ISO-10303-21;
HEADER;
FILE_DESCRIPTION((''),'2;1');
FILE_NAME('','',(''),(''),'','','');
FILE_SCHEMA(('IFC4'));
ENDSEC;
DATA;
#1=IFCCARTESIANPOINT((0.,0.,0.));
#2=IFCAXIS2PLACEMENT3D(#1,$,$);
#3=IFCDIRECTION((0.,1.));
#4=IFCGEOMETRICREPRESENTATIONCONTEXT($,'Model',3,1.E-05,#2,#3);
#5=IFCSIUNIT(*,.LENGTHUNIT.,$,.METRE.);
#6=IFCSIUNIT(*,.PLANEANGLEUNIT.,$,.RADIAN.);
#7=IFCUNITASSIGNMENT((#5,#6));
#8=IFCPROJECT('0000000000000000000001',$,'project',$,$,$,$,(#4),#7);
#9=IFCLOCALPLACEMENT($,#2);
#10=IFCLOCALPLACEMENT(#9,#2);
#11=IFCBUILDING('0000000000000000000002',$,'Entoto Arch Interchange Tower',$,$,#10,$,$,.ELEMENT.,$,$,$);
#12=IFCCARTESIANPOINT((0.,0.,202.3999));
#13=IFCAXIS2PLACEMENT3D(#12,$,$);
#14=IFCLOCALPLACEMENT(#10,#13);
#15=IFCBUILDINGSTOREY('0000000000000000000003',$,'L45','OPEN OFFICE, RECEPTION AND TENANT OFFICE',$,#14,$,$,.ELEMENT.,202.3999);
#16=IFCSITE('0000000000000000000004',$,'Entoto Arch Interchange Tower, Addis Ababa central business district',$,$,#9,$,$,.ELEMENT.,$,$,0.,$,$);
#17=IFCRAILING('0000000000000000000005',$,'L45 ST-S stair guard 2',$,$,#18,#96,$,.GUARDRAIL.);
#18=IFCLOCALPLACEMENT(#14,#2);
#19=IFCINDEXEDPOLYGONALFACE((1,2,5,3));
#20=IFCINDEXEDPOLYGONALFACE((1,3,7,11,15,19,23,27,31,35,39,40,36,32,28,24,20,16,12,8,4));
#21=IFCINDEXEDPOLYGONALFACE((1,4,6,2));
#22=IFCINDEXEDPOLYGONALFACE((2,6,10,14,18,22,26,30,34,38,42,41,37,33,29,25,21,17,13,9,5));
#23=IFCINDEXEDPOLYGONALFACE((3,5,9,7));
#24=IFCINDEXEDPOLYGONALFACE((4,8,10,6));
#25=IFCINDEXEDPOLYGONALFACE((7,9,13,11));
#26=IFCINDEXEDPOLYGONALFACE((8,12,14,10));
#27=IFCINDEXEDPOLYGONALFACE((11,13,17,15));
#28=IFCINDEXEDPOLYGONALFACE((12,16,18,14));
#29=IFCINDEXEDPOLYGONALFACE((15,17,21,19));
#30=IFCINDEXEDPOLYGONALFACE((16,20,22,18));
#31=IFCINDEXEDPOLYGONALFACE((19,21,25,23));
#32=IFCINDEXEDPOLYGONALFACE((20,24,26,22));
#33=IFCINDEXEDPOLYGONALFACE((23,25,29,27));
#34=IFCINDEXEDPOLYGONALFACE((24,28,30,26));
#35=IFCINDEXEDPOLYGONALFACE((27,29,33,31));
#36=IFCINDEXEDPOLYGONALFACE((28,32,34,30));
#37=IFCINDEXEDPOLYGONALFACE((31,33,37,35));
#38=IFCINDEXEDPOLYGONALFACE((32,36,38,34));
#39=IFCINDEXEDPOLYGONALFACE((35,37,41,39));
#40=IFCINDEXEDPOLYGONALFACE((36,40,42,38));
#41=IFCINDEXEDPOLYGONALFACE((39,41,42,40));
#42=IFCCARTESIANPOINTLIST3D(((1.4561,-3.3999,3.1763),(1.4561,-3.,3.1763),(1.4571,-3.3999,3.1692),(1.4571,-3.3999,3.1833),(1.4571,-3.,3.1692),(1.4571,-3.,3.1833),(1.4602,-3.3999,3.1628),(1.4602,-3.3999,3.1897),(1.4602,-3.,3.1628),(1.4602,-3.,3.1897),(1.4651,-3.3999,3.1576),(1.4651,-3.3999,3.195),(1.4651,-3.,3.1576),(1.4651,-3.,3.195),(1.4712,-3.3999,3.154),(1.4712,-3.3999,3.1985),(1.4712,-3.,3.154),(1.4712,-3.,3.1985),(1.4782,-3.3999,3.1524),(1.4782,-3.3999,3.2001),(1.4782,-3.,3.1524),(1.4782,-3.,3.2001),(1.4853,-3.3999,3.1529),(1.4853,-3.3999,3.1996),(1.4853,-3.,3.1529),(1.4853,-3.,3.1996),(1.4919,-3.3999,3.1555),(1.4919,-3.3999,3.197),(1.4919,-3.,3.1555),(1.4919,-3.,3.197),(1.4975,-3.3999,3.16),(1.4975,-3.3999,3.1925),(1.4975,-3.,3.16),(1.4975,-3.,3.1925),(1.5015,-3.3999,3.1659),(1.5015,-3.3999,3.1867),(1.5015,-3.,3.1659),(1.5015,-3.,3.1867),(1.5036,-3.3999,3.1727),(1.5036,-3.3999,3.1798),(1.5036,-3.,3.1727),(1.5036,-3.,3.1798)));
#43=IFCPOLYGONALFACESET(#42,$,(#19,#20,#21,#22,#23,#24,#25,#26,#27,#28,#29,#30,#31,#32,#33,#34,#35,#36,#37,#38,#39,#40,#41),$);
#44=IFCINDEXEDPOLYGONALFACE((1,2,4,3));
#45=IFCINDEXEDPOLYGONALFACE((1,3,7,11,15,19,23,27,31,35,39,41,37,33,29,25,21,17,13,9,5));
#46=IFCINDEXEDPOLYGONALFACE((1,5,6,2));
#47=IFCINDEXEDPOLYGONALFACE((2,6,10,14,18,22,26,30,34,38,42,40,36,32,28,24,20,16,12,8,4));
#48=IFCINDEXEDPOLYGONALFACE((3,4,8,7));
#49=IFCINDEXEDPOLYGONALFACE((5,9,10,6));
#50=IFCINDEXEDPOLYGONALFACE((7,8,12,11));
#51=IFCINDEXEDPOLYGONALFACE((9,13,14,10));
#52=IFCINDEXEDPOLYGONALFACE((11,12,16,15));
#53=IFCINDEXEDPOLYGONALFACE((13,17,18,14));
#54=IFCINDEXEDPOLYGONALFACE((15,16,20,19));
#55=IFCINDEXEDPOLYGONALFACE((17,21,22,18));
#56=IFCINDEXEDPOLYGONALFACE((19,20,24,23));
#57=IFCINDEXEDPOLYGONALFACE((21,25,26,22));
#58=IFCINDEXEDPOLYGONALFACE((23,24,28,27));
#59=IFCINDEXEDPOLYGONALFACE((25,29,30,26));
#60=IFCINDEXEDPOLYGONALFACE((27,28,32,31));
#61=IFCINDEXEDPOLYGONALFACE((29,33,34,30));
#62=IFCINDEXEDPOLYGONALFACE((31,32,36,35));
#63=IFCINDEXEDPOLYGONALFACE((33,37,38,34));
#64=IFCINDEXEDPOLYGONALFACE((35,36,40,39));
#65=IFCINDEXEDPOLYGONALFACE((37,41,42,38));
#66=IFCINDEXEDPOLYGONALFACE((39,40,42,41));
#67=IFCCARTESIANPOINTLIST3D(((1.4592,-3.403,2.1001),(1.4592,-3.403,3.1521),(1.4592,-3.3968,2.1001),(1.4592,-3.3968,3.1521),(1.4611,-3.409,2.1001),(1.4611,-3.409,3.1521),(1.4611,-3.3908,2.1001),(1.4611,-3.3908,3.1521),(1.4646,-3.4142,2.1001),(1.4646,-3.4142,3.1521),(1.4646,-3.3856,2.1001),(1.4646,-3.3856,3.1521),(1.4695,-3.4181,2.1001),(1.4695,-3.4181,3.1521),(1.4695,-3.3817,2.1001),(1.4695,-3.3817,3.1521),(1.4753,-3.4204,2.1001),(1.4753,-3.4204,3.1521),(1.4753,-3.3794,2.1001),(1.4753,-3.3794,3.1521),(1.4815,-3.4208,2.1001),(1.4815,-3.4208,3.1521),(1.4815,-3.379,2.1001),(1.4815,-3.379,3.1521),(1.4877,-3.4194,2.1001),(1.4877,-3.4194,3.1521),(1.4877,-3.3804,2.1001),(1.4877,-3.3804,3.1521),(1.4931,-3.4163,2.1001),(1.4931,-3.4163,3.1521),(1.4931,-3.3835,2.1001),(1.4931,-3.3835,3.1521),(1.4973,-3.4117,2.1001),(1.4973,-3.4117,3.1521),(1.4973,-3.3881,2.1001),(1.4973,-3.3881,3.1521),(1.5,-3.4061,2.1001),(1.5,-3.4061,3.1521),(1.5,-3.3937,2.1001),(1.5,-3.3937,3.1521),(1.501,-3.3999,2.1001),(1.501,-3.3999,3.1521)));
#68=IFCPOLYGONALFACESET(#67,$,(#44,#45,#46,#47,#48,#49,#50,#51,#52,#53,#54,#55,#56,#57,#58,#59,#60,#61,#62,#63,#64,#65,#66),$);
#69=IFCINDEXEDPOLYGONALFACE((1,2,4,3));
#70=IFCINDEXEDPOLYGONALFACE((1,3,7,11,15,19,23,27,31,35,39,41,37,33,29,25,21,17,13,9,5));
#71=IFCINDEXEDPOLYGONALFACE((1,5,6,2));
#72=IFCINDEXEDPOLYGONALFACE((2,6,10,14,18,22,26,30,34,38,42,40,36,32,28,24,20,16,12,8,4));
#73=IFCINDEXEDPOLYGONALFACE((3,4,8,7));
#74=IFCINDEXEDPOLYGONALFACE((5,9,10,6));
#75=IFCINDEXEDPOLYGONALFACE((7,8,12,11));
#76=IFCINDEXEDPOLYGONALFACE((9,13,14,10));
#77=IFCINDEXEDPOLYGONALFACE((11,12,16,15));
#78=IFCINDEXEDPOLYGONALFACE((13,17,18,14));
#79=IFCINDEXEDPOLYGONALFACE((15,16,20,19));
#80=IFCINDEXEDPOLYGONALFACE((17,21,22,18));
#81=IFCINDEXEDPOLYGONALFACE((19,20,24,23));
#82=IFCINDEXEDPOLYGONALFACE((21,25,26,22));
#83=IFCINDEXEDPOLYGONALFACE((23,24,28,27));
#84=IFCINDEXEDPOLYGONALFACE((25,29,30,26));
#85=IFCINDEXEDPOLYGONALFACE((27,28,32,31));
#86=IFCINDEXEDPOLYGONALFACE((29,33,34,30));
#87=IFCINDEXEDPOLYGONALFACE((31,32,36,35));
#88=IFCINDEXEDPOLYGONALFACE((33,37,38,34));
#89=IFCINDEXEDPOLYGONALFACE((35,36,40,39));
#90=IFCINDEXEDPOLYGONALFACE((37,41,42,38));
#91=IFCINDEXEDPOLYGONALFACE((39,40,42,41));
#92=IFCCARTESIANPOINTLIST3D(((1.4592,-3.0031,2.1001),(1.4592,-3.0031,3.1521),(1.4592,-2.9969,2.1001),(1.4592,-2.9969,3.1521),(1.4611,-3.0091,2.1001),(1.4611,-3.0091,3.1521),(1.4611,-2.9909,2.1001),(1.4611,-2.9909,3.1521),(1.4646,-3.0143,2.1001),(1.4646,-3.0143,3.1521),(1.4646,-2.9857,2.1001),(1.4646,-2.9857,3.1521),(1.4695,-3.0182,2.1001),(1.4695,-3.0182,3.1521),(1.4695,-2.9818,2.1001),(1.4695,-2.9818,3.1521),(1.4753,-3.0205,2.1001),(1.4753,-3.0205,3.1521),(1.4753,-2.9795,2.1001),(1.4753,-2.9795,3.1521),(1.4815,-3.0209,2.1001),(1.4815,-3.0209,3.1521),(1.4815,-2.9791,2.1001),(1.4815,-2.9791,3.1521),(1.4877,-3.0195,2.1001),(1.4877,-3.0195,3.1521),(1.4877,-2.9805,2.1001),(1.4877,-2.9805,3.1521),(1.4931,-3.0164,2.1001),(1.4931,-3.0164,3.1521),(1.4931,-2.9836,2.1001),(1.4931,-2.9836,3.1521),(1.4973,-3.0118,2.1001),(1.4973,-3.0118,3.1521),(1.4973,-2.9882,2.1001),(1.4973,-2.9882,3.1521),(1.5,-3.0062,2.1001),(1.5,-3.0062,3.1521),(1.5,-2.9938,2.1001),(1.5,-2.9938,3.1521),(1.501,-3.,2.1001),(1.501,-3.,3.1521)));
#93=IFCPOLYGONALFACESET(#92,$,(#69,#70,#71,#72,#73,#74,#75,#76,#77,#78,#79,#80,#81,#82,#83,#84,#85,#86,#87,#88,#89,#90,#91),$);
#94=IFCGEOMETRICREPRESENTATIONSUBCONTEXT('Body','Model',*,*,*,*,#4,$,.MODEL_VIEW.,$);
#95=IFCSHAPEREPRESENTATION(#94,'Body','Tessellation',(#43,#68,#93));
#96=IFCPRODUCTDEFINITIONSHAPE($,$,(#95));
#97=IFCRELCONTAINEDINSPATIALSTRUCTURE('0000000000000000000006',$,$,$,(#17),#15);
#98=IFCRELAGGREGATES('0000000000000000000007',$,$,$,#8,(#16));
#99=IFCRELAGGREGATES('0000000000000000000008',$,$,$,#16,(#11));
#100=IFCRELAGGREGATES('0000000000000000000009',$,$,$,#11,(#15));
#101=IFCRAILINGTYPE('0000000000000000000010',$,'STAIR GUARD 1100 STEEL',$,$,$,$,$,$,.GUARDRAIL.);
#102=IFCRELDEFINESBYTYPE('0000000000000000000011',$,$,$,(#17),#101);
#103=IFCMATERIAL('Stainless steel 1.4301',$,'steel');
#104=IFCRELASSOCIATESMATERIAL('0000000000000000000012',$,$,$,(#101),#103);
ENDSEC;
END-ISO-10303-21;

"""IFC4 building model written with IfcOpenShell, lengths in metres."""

from ifc_helpers import new_model, si_unit, direction, frame, origin, origin_2d, place, context, subcontext, project, spatial, circle, extrude, material, type_object, element, save


model = new_model("IFC4")

# Units and contexts
model_context = context("Model", 3, precision=1e-05, world=origin(), true_north=direction((0.0, 1.0)))
body_context = subcontext(model_context, "Body", "Model", "MODEL_VIEW")
ifc_project = project(units=[si_unit("LENGTHUNIT", "METRE"), si_unit("PLANEANGLEUNIT", "RADIAN")], contexts=[model_context])

# Site, building, storey
site_placement = place(None, origin())
site = spatial("IfcSite", under=ifc_project, at=site_placement, Name="Entoto Arch Interchange Tower, Addis Ababa central business district", CompositionType="ELEMENT", RefElevation=0.0)
building_placement = place(site_placement, origin())
building = spatial("IfcBuilding", under=site, at=building_placement, Name="Entoto Arch Interchange Tower", CompositionType="ELEMENT")
storey_placement = place(building_placement, frame((0.0, 0.0, 202.3999)))
storey = spatial("IfcBuildingStorey", under=building, at=storey_placement, Name="L45", Description="OPEN OFFICE, RECEPTION AND TENANT OFFICE", CompositionType="ELEMENT", Elevation=202.3999)

# Railing
ifc_material_1 = material(Name="Stainless steel 1.4301", Category="steel")
railing_type_1 = type_object("IfcRailingType", Name="STAIR GUARD 1100 STEEL", PredefinedType="GUARDRAIL", material=ifc_material_1)
railing_1_placement = place(storey_placement, frame((1.48, -3.3999, 2.1001)))
element("IfcRailing", 1, at=railing_1_placement, inside=storey, type_object=railing_type_1, Name="L45 ST-S stair guard 2", PredefinedType="GUARDRAIL", context=body_context, shape_type="SweptSolid", body=[
    extrude(circle(Radius=0.0239, at=origin_2d()), frame((0.0, 0.0, 1.0762), z_axis=(0.0, 1.0, 0.0), x_axis=(-1.0, 0.0, 0.0)), (0.0, 0.0, 1.0), 0.3999),
    extrude(circle(Radius=0.021, at=origin_2d()), origin(), (0.0, 0.0, 1.0), 1.052),
    extrude(circle(Radius=0.021, at=origin_2d()), frame((0.0, 0.3999, 0.0)), (0.0, 0.0, 1.0), 1.052),
])

save(model, "model.ifc")
